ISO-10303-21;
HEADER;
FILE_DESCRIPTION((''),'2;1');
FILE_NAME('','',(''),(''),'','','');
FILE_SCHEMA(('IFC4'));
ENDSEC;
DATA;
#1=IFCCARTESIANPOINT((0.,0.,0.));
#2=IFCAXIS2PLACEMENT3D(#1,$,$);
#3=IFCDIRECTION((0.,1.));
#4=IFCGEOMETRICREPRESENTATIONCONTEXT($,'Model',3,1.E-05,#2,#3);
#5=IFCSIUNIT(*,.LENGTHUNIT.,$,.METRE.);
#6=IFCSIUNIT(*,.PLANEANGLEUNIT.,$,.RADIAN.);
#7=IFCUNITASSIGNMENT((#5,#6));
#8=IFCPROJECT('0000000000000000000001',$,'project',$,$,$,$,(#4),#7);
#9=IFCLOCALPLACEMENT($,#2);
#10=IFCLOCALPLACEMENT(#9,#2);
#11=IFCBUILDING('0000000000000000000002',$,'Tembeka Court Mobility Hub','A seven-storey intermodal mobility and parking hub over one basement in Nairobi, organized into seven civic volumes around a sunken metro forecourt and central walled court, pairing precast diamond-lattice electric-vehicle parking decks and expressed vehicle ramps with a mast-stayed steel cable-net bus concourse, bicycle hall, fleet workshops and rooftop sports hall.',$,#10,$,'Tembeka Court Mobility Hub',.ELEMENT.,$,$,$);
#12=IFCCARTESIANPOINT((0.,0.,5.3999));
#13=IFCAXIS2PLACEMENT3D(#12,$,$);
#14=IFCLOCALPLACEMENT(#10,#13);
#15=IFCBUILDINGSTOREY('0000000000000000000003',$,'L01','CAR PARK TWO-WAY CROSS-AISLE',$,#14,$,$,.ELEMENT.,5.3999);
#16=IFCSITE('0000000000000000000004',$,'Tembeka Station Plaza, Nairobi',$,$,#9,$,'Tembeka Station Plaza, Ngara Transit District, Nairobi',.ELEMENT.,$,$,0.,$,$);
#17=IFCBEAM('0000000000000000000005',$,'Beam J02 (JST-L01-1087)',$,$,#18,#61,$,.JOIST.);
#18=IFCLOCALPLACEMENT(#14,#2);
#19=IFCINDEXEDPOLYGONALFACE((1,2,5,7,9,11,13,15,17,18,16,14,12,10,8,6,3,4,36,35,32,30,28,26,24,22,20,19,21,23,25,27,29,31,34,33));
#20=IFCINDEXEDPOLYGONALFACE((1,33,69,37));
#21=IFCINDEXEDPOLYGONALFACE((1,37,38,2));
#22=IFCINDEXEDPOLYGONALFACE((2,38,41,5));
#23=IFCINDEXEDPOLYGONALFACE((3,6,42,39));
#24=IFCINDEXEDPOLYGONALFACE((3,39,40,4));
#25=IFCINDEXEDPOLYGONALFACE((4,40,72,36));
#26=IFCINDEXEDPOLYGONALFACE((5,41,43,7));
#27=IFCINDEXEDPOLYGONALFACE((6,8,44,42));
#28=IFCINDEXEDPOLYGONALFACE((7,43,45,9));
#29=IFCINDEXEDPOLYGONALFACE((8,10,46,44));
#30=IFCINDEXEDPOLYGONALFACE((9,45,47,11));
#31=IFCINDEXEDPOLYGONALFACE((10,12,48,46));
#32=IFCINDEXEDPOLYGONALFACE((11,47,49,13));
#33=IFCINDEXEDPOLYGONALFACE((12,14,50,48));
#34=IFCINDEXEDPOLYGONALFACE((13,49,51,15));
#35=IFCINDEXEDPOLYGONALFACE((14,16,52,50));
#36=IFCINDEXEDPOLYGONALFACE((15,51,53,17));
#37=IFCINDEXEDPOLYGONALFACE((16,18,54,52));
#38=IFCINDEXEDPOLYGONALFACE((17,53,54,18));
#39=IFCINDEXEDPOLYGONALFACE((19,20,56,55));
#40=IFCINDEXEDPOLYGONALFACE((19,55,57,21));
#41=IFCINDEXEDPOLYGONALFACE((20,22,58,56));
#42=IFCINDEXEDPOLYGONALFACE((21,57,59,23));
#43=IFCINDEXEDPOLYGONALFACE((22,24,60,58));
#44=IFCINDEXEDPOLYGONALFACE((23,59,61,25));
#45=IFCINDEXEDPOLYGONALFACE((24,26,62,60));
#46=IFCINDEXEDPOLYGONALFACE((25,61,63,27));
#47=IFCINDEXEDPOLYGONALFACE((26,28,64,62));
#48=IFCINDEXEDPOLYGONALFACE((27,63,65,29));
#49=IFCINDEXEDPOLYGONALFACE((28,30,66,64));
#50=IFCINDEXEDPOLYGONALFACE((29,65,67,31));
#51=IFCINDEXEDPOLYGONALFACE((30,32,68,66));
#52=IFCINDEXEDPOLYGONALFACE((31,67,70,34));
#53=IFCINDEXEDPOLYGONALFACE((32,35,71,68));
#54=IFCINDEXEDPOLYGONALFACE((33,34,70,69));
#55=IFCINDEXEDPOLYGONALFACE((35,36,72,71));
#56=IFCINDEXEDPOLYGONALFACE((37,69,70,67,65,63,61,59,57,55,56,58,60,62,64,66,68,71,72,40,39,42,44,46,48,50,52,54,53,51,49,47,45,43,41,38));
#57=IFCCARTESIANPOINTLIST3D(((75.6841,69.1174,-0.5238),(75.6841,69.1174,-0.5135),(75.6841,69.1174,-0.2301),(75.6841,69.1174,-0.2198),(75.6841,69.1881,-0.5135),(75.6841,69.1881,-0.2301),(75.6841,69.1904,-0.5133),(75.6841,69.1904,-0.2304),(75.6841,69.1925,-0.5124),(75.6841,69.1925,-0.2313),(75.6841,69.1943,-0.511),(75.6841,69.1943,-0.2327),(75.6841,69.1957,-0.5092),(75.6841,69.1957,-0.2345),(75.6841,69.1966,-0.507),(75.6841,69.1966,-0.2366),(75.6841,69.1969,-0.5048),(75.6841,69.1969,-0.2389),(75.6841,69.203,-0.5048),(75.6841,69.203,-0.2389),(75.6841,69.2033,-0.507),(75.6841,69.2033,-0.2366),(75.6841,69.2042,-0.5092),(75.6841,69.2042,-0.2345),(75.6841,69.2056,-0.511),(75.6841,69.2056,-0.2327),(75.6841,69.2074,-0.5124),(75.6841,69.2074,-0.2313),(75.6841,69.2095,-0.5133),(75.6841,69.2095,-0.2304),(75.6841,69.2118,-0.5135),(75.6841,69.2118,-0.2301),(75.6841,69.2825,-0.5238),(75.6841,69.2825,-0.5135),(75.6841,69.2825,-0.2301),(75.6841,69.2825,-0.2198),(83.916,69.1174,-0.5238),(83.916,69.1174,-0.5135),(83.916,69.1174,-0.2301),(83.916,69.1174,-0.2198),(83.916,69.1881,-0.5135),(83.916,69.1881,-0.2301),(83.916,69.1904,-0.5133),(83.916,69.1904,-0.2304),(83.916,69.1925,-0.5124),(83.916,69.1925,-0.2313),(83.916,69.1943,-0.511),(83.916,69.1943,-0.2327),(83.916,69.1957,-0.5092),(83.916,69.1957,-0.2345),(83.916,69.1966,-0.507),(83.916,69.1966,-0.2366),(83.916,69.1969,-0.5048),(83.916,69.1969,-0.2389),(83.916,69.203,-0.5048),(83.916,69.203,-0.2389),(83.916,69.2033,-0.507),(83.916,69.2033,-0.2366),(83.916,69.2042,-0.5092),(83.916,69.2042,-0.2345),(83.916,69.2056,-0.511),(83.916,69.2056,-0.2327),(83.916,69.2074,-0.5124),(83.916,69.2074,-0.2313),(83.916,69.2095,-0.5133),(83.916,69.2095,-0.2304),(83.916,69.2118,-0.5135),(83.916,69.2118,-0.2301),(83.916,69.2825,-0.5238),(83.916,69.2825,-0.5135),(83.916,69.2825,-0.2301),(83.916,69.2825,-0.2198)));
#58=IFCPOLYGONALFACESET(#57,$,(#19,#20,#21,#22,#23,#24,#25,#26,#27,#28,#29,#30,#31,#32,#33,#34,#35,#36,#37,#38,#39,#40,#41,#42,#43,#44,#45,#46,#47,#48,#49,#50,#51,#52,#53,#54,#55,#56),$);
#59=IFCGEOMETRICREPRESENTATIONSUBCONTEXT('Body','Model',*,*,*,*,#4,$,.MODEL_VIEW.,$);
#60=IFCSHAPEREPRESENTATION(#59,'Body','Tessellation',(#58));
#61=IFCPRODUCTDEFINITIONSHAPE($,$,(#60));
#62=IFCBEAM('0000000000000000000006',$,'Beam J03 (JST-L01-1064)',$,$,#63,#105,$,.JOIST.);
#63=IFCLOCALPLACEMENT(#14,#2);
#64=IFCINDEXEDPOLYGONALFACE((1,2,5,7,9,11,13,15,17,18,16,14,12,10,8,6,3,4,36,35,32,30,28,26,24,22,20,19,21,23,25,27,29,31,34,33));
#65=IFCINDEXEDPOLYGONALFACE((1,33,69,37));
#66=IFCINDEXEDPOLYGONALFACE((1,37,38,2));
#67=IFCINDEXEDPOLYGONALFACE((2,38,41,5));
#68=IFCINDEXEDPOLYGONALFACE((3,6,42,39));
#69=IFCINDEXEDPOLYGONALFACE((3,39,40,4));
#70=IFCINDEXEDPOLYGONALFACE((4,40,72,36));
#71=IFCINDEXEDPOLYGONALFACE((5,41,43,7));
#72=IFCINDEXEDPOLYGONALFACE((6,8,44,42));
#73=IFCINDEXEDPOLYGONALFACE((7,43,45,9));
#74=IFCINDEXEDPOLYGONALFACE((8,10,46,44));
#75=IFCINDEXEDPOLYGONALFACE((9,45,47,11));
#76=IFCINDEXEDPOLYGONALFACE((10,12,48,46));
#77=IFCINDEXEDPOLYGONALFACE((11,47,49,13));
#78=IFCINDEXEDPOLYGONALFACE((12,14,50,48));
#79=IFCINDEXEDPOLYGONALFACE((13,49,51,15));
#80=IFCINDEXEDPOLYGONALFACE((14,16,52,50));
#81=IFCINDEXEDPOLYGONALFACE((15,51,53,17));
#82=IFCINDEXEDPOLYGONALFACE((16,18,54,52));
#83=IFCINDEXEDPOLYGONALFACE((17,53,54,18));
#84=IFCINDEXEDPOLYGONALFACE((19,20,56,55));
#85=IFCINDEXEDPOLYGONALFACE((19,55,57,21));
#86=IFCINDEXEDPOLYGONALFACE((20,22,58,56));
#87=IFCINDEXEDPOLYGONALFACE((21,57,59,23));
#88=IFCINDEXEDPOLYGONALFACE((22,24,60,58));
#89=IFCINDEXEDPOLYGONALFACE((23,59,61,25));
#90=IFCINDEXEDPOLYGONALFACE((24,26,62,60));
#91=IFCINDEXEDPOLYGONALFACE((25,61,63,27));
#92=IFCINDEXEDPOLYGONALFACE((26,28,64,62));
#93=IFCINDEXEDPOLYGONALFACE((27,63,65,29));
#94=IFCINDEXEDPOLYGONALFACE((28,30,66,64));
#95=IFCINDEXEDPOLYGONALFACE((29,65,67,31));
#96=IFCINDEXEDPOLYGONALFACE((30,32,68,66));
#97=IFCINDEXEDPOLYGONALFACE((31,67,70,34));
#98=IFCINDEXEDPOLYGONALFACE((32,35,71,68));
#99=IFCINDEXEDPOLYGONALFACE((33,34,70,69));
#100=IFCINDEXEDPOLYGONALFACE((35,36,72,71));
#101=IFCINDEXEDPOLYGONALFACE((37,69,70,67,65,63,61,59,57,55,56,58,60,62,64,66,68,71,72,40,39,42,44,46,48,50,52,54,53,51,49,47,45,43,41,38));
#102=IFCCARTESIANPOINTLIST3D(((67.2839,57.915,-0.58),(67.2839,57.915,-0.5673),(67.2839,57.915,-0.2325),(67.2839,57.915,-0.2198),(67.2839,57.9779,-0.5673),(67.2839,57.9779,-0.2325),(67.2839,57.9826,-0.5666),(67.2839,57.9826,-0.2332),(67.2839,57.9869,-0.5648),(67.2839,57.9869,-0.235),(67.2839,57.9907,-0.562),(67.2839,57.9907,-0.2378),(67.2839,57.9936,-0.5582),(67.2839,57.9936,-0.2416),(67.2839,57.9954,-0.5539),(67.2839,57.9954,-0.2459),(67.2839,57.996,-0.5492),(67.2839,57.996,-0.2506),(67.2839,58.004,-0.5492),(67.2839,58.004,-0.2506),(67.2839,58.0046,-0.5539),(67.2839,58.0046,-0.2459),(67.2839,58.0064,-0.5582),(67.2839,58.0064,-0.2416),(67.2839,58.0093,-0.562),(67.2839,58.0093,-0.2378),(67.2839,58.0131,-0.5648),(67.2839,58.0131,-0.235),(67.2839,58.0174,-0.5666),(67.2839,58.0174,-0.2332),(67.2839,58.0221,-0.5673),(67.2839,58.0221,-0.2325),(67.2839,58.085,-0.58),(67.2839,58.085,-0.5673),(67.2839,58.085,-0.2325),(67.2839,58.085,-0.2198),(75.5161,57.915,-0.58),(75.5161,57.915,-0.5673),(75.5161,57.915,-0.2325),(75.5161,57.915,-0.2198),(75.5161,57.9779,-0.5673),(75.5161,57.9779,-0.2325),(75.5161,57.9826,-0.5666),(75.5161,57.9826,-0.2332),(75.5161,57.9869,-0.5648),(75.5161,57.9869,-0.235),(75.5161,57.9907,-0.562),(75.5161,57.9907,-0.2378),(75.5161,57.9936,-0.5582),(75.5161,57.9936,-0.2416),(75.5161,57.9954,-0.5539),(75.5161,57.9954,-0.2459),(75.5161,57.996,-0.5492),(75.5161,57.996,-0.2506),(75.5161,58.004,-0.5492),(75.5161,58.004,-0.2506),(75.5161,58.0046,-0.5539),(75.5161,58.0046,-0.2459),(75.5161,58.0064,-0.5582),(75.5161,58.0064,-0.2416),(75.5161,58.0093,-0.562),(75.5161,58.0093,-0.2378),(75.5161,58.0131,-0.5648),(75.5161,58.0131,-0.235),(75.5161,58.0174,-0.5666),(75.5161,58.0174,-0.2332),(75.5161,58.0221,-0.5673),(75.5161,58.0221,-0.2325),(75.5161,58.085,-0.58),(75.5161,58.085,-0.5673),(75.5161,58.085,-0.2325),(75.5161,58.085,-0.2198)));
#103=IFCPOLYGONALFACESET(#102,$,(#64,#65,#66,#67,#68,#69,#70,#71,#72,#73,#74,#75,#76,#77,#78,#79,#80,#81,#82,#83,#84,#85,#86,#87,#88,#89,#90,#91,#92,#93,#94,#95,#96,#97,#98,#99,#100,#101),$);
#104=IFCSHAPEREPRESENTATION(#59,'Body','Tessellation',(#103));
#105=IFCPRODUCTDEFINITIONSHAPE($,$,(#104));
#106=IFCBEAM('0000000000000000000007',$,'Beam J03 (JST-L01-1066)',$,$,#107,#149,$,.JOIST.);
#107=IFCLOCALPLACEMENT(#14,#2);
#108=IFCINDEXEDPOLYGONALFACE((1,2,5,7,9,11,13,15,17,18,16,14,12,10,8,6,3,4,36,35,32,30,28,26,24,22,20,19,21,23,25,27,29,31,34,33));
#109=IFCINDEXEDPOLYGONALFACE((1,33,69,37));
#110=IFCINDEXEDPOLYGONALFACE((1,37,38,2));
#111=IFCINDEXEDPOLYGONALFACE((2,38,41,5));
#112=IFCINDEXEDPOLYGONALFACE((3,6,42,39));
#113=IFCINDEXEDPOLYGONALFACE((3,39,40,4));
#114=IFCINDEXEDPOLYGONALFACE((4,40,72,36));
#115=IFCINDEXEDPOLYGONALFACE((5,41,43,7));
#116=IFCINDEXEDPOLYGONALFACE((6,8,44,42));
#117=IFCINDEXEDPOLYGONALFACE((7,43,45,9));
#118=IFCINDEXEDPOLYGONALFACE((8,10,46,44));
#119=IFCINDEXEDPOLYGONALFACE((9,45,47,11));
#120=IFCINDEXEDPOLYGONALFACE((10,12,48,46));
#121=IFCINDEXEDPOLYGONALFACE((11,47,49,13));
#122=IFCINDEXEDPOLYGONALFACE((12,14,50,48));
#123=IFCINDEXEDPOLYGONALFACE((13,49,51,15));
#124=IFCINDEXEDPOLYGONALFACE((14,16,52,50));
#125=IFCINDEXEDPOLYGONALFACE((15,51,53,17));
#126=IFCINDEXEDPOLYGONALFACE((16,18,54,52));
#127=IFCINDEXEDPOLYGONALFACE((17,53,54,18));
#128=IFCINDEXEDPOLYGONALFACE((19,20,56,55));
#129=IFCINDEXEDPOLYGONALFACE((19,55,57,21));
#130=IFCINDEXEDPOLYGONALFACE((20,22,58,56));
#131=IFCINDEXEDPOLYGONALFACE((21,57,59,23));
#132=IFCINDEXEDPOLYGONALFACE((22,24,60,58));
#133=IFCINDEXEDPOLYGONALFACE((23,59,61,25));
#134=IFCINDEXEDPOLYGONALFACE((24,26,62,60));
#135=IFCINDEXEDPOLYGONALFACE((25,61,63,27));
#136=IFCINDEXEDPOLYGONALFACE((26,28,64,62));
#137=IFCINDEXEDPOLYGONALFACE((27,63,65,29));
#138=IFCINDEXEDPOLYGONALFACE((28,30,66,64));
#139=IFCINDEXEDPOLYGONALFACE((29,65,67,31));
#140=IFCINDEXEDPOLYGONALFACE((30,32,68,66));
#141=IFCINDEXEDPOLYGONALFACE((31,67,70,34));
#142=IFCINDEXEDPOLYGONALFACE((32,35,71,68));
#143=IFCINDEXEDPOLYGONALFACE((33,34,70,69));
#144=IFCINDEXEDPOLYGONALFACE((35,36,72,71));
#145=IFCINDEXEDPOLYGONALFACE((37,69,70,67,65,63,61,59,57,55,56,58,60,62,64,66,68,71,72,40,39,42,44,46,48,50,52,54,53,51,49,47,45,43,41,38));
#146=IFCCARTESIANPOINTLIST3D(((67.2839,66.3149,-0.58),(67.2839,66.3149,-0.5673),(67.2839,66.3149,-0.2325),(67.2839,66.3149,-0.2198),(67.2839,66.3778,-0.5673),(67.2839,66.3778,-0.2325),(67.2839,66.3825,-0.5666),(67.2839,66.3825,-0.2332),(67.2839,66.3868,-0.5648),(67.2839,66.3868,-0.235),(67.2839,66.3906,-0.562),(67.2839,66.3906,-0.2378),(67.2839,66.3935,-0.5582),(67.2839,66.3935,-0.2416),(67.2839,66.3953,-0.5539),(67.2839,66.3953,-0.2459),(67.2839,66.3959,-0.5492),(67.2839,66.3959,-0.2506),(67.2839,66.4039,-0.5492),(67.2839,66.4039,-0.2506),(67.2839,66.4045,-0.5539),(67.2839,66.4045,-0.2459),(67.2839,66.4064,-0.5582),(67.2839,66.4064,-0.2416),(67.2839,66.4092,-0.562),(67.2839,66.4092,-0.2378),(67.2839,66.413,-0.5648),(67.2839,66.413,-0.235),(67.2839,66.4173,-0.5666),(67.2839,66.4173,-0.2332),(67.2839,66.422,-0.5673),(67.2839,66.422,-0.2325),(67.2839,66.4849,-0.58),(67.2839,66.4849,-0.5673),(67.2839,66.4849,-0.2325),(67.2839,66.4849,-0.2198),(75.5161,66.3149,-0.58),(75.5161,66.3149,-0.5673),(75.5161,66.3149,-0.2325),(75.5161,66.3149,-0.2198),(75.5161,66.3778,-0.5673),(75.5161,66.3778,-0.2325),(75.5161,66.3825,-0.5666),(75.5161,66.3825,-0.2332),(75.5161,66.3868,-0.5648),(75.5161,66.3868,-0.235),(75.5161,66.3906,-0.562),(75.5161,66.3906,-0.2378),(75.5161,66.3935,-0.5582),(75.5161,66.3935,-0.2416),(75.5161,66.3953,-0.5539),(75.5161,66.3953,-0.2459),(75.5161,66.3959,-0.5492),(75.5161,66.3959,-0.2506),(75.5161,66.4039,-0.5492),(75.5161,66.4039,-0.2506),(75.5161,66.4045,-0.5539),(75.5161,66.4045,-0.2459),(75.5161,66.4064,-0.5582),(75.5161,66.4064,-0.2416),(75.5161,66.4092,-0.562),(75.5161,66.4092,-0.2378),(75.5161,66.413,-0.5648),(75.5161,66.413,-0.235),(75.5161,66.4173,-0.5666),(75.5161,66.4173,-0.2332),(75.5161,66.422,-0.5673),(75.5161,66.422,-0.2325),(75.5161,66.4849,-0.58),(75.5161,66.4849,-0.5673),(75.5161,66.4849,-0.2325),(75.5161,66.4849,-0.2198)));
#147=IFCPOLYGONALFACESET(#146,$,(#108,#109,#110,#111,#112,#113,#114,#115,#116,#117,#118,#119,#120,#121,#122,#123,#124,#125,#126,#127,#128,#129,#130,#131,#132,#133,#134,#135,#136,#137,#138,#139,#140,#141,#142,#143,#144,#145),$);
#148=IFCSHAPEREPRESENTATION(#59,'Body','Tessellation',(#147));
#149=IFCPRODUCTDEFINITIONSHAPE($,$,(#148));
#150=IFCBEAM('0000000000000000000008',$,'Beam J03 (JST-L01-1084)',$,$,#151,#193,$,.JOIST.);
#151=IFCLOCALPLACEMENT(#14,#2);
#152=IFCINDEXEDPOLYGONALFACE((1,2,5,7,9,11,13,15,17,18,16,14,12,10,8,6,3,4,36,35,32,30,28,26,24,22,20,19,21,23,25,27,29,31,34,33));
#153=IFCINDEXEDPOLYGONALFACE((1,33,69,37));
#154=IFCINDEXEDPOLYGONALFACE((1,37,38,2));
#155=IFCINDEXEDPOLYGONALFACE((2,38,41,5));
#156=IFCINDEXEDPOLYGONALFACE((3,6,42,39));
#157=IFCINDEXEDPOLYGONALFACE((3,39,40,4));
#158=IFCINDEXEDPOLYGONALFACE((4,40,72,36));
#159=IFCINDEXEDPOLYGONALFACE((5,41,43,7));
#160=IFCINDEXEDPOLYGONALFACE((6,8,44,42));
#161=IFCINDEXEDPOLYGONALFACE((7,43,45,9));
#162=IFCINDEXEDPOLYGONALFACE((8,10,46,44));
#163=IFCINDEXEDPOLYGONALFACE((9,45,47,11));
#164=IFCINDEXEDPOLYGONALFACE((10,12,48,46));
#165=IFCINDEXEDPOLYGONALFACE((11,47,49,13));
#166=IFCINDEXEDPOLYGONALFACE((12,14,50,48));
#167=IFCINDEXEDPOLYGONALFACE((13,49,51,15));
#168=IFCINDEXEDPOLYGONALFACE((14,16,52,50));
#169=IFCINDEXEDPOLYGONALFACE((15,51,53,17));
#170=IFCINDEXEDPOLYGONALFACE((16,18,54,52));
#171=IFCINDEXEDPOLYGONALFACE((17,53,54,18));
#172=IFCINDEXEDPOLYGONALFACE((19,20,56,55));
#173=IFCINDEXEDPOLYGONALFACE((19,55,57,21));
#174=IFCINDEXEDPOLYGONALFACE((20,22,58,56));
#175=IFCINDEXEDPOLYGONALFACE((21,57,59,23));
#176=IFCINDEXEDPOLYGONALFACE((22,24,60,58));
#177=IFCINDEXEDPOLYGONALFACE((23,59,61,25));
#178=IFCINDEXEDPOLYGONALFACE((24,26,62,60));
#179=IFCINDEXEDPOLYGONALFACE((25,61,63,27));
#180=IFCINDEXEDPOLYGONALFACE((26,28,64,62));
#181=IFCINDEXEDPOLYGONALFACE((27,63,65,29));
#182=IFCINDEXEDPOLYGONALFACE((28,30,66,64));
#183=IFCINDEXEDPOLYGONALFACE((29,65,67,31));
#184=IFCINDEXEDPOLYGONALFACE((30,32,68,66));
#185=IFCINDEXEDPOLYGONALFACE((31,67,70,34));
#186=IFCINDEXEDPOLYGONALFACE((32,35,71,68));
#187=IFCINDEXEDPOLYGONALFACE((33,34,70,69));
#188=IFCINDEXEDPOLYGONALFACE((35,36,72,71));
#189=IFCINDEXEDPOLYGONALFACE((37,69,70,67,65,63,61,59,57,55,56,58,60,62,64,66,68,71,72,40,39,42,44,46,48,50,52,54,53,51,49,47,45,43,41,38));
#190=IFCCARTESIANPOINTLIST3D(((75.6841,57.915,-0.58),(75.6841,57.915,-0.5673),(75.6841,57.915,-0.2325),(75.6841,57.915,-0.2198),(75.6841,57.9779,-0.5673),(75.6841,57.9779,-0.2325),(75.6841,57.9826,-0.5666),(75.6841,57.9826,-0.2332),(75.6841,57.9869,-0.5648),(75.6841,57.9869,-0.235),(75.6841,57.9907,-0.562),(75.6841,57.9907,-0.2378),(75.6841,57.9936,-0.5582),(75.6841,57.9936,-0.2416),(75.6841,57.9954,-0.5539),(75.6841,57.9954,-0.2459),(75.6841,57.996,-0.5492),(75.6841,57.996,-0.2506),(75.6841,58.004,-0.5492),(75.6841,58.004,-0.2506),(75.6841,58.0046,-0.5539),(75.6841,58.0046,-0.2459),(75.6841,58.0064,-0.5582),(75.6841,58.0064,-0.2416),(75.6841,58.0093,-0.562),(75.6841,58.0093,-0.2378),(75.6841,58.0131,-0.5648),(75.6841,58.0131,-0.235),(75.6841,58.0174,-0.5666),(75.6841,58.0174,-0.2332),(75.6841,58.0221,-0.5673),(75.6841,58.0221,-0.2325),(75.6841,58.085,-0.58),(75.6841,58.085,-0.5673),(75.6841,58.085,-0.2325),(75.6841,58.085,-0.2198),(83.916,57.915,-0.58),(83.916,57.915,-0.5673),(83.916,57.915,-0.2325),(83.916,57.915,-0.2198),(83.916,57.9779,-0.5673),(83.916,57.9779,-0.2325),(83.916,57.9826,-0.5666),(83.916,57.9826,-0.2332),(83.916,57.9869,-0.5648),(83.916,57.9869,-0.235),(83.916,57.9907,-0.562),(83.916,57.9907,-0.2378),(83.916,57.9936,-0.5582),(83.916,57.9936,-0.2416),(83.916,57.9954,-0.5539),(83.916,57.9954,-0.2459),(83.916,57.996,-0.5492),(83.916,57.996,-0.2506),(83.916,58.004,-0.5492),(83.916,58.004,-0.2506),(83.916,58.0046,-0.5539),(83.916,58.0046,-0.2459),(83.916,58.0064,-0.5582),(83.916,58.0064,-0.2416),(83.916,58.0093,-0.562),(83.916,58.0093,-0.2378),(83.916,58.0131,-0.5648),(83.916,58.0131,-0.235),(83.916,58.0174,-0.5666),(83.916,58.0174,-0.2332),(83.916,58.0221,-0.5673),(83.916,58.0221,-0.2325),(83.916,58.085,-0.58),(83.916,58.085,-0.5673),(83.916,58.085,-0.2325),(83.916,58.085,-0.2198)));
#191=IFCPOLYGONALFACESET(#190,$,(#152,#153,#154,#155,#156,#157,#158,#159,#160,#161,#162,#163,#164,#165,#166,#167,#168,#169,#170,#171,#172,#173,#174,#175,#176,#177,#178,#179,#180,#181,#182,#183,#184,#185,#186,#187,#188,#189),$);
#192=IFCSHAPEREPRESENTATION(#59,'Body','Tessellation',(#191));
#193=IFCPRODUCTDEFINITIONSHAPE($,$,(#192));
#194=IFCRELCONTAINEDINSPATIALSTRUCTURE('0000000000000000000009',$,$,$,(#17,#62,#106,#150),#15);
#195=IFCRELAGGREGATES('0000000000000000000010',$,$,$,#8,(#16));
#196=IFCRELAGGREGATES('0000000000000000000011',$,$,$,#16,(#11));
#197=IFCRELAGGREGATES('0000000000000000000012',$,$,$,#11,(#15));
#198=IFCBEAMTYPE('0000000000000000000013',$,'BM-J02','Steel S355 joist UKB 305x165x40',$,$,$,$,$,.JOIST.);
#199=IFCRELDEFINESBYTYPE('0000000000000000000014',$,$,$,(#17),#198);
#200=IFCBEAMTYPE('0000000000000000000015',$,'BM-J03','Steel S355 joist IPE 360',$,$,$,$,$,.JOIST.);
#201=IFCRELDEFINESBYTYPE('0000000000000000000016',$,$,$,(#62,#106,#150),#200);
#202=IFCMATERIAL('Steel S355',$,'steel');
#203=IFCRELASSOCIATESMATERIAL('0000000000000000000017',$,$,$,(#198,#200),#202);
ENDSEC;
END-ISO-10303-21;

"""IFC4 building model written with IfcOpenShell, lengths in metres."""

from ifc_helpers import new_model, si_unit, direction, frame, origin, origin_2d, place, context, subcontext, project, spatial, i_section, extrude, material, material_profile, profile_set, type_object, element, save


model = new_model("IFC4")

# Units and contexts
model_context = context("Model", 3, precision=1e-05, world=origin(), true_north=direction((0.0, 1.0)))
body_context = subcontext(model_context, "Body", "Model", "MODEL_VIEW")
ifc_project = project(units=[si_unit("LENGTHUNIT", "METRE"), si_unit("PLANEANGLEUNIT", "RADIAN")], contexts=[model_context])

# Site, building, storey
site_placement = place(None, origin())
site = spatial("IfcSite", under=ifc_project, at=site_placement, Name="Tembeka Station Plaza, Nairobi", LongName="Tembeka Station Plaza, Ngara Transit District, Nairobi", CompositionType="ELEMENT", RefElevation=0.0)
building_placement = place(site_placement, origin())
building = spatial("IfcBuilding", under=site, at=building_placement, Name="Tembeka Court Mobility Hub", Description="A seven-storey intermodal mobility and parking hub over one basement in Nairobi, organized into seven civic volumes around a sunken metro forecourt and central walled court, pairing precast diamond-lattice electric-vehicle parking decks and expressed vehicle ramps with a mast-stayed steel cable-net bus concourse, bicycle hall, fleet workshops and rooftop sports hall.", LongName="Tembeka Court Mobility Hub", CompositionType="ELEMENT")
storey_placement = place(building_placement, frame((0.0, 0.0, 5.3999)))
storey = spatial("IfcBuildingStorey", under=building, at=storey_placement, Name="L01", Description="CAR PARK TWO-WAY CROSS-AISLE", CompositionType="ELEMENT", Elevation=5.3999)

# Shared definitions
ifc_material = material(Name="Steel S355", Category="steel")

# Beams
ifc_material_profile_1 = material_profile(ifc_material, i_section(OverallWidth=0.165, OverallDepth=0.304, WebThickness=0.0061, FlangeThickness=0.0103, FilletRadius=0.0088, at=origin_2d()), Name="UKB 305x165x40")
ifc_profile_set_1 = profile_set([ifc_material_profile_1], Name="Steel S355")
beam_type_1 = type_object("IfcBeamType", Name="BM-J02", Description="Steel S355 joist UKB 305x165x40", PredefinedType="JOIST", material=ifc_profile_set_1)
for number, where, z_axis, x_axis, name in (
    (1, (75.6841, 69.2, -0.3718), (1.0, 0.0, 0.0), (0.0, 1.0, 0.0), "Beam J02 (JST-L01-1087)"),
):
    element("IfcBeam", number, at=place(storey_placement, frame(where, z_axis=z_axis, x_axis=x_axis)), inside=storey, type_object=beam_type_1, Name=name, PredefinedType="JOIST", context=body_context, shape_type="SweptSolid", body=[
        extrude(i_section(OverallWidth=0.165, OverallDepth=0.304, WebThickness=0.0061, FlangeThickness=0.0103, FilletRadius=0.0088, at=origin_2d()), origin(), (0.0, 0.0, 1.0), 8.2319),
    ])
ifc_material_profile_2 = material_profile(ifc_material, i_section(OverallWidth=0.1699, OverallDepth=0.3601, WebThickness=0.0081, FlangeThickness=0.0127, FilletRadius=0.0181, at=origin_2d()), Name="IPE 360")
ifc_profile_set_2 = profile_set([ifc_material_profile_2], Name="Steel S355")
beam_type_2 = type_object("IfcBeamType", Name="BM-J03", Description="Steel S355 joist IPE 360", PredefinedType="JOIST", material=ifc_profile_set_2)
for number, where, z_axis, x_axis, name in (
    (2, (67.2839, 58.0, -0.3999), (1.0, 0.0, 0.0), (0.0, 1.0, 0.0), "Beam J03 (JST-L01-1064)"),
    (3, (67.2839, 66.3999, -0.3999), (1.0, 0.0, 0.0), (0.0, 1.0, 0.0), "Beam J03 (JST-L01-1066)"),
):
    element("IfcBeam", number, at=place(storey_placement, frame(where, z_axis=z_axis, x_axis=x_axis)), inside=storey, type_object=beam_type_2, Name=name, PredefinedType="JOIST", context=body_context, shape_type="SweptSolid", body=[
        extrude(i_section(OverallWidth=0.1699, OverallDepth=0.3601, WebThickness=0.0081, FlangeThickness=0.0127, FilletRadius=0.0181, at=origin_2d()), origin(), (0.0, 0.0, 1.0), 8.2322),
    ])
for number, where, z_axis, x_axis, name in (
    (4, (75.6841, 58.0, -0.3999), (1.0, 0.0, 0.0), (0.0, 1.0, 0.0), "Beam J03 (JST-L01-1084)"),
):
    element("IfcBeam", number, at=place(storey_placement, frame(where, z_axis=z_axis, x_axis=x_axis)), inside=storey, type_object=beam_type_2, Name=name, PredefinedType="JOIST", context=body_context, shape_type="SweptSolid", body=[
        extrude(i_section(OverallWidth=0.1699, OverallDepth=0.3601, WebThickness=0.0081, FlangeThickness=0.0127, FilletRadius=0.0181, at=origin_2d()), origin(), (0.0, 0.0, 1.0), 8.2319),
    ])

save(model, "model.ifc")
